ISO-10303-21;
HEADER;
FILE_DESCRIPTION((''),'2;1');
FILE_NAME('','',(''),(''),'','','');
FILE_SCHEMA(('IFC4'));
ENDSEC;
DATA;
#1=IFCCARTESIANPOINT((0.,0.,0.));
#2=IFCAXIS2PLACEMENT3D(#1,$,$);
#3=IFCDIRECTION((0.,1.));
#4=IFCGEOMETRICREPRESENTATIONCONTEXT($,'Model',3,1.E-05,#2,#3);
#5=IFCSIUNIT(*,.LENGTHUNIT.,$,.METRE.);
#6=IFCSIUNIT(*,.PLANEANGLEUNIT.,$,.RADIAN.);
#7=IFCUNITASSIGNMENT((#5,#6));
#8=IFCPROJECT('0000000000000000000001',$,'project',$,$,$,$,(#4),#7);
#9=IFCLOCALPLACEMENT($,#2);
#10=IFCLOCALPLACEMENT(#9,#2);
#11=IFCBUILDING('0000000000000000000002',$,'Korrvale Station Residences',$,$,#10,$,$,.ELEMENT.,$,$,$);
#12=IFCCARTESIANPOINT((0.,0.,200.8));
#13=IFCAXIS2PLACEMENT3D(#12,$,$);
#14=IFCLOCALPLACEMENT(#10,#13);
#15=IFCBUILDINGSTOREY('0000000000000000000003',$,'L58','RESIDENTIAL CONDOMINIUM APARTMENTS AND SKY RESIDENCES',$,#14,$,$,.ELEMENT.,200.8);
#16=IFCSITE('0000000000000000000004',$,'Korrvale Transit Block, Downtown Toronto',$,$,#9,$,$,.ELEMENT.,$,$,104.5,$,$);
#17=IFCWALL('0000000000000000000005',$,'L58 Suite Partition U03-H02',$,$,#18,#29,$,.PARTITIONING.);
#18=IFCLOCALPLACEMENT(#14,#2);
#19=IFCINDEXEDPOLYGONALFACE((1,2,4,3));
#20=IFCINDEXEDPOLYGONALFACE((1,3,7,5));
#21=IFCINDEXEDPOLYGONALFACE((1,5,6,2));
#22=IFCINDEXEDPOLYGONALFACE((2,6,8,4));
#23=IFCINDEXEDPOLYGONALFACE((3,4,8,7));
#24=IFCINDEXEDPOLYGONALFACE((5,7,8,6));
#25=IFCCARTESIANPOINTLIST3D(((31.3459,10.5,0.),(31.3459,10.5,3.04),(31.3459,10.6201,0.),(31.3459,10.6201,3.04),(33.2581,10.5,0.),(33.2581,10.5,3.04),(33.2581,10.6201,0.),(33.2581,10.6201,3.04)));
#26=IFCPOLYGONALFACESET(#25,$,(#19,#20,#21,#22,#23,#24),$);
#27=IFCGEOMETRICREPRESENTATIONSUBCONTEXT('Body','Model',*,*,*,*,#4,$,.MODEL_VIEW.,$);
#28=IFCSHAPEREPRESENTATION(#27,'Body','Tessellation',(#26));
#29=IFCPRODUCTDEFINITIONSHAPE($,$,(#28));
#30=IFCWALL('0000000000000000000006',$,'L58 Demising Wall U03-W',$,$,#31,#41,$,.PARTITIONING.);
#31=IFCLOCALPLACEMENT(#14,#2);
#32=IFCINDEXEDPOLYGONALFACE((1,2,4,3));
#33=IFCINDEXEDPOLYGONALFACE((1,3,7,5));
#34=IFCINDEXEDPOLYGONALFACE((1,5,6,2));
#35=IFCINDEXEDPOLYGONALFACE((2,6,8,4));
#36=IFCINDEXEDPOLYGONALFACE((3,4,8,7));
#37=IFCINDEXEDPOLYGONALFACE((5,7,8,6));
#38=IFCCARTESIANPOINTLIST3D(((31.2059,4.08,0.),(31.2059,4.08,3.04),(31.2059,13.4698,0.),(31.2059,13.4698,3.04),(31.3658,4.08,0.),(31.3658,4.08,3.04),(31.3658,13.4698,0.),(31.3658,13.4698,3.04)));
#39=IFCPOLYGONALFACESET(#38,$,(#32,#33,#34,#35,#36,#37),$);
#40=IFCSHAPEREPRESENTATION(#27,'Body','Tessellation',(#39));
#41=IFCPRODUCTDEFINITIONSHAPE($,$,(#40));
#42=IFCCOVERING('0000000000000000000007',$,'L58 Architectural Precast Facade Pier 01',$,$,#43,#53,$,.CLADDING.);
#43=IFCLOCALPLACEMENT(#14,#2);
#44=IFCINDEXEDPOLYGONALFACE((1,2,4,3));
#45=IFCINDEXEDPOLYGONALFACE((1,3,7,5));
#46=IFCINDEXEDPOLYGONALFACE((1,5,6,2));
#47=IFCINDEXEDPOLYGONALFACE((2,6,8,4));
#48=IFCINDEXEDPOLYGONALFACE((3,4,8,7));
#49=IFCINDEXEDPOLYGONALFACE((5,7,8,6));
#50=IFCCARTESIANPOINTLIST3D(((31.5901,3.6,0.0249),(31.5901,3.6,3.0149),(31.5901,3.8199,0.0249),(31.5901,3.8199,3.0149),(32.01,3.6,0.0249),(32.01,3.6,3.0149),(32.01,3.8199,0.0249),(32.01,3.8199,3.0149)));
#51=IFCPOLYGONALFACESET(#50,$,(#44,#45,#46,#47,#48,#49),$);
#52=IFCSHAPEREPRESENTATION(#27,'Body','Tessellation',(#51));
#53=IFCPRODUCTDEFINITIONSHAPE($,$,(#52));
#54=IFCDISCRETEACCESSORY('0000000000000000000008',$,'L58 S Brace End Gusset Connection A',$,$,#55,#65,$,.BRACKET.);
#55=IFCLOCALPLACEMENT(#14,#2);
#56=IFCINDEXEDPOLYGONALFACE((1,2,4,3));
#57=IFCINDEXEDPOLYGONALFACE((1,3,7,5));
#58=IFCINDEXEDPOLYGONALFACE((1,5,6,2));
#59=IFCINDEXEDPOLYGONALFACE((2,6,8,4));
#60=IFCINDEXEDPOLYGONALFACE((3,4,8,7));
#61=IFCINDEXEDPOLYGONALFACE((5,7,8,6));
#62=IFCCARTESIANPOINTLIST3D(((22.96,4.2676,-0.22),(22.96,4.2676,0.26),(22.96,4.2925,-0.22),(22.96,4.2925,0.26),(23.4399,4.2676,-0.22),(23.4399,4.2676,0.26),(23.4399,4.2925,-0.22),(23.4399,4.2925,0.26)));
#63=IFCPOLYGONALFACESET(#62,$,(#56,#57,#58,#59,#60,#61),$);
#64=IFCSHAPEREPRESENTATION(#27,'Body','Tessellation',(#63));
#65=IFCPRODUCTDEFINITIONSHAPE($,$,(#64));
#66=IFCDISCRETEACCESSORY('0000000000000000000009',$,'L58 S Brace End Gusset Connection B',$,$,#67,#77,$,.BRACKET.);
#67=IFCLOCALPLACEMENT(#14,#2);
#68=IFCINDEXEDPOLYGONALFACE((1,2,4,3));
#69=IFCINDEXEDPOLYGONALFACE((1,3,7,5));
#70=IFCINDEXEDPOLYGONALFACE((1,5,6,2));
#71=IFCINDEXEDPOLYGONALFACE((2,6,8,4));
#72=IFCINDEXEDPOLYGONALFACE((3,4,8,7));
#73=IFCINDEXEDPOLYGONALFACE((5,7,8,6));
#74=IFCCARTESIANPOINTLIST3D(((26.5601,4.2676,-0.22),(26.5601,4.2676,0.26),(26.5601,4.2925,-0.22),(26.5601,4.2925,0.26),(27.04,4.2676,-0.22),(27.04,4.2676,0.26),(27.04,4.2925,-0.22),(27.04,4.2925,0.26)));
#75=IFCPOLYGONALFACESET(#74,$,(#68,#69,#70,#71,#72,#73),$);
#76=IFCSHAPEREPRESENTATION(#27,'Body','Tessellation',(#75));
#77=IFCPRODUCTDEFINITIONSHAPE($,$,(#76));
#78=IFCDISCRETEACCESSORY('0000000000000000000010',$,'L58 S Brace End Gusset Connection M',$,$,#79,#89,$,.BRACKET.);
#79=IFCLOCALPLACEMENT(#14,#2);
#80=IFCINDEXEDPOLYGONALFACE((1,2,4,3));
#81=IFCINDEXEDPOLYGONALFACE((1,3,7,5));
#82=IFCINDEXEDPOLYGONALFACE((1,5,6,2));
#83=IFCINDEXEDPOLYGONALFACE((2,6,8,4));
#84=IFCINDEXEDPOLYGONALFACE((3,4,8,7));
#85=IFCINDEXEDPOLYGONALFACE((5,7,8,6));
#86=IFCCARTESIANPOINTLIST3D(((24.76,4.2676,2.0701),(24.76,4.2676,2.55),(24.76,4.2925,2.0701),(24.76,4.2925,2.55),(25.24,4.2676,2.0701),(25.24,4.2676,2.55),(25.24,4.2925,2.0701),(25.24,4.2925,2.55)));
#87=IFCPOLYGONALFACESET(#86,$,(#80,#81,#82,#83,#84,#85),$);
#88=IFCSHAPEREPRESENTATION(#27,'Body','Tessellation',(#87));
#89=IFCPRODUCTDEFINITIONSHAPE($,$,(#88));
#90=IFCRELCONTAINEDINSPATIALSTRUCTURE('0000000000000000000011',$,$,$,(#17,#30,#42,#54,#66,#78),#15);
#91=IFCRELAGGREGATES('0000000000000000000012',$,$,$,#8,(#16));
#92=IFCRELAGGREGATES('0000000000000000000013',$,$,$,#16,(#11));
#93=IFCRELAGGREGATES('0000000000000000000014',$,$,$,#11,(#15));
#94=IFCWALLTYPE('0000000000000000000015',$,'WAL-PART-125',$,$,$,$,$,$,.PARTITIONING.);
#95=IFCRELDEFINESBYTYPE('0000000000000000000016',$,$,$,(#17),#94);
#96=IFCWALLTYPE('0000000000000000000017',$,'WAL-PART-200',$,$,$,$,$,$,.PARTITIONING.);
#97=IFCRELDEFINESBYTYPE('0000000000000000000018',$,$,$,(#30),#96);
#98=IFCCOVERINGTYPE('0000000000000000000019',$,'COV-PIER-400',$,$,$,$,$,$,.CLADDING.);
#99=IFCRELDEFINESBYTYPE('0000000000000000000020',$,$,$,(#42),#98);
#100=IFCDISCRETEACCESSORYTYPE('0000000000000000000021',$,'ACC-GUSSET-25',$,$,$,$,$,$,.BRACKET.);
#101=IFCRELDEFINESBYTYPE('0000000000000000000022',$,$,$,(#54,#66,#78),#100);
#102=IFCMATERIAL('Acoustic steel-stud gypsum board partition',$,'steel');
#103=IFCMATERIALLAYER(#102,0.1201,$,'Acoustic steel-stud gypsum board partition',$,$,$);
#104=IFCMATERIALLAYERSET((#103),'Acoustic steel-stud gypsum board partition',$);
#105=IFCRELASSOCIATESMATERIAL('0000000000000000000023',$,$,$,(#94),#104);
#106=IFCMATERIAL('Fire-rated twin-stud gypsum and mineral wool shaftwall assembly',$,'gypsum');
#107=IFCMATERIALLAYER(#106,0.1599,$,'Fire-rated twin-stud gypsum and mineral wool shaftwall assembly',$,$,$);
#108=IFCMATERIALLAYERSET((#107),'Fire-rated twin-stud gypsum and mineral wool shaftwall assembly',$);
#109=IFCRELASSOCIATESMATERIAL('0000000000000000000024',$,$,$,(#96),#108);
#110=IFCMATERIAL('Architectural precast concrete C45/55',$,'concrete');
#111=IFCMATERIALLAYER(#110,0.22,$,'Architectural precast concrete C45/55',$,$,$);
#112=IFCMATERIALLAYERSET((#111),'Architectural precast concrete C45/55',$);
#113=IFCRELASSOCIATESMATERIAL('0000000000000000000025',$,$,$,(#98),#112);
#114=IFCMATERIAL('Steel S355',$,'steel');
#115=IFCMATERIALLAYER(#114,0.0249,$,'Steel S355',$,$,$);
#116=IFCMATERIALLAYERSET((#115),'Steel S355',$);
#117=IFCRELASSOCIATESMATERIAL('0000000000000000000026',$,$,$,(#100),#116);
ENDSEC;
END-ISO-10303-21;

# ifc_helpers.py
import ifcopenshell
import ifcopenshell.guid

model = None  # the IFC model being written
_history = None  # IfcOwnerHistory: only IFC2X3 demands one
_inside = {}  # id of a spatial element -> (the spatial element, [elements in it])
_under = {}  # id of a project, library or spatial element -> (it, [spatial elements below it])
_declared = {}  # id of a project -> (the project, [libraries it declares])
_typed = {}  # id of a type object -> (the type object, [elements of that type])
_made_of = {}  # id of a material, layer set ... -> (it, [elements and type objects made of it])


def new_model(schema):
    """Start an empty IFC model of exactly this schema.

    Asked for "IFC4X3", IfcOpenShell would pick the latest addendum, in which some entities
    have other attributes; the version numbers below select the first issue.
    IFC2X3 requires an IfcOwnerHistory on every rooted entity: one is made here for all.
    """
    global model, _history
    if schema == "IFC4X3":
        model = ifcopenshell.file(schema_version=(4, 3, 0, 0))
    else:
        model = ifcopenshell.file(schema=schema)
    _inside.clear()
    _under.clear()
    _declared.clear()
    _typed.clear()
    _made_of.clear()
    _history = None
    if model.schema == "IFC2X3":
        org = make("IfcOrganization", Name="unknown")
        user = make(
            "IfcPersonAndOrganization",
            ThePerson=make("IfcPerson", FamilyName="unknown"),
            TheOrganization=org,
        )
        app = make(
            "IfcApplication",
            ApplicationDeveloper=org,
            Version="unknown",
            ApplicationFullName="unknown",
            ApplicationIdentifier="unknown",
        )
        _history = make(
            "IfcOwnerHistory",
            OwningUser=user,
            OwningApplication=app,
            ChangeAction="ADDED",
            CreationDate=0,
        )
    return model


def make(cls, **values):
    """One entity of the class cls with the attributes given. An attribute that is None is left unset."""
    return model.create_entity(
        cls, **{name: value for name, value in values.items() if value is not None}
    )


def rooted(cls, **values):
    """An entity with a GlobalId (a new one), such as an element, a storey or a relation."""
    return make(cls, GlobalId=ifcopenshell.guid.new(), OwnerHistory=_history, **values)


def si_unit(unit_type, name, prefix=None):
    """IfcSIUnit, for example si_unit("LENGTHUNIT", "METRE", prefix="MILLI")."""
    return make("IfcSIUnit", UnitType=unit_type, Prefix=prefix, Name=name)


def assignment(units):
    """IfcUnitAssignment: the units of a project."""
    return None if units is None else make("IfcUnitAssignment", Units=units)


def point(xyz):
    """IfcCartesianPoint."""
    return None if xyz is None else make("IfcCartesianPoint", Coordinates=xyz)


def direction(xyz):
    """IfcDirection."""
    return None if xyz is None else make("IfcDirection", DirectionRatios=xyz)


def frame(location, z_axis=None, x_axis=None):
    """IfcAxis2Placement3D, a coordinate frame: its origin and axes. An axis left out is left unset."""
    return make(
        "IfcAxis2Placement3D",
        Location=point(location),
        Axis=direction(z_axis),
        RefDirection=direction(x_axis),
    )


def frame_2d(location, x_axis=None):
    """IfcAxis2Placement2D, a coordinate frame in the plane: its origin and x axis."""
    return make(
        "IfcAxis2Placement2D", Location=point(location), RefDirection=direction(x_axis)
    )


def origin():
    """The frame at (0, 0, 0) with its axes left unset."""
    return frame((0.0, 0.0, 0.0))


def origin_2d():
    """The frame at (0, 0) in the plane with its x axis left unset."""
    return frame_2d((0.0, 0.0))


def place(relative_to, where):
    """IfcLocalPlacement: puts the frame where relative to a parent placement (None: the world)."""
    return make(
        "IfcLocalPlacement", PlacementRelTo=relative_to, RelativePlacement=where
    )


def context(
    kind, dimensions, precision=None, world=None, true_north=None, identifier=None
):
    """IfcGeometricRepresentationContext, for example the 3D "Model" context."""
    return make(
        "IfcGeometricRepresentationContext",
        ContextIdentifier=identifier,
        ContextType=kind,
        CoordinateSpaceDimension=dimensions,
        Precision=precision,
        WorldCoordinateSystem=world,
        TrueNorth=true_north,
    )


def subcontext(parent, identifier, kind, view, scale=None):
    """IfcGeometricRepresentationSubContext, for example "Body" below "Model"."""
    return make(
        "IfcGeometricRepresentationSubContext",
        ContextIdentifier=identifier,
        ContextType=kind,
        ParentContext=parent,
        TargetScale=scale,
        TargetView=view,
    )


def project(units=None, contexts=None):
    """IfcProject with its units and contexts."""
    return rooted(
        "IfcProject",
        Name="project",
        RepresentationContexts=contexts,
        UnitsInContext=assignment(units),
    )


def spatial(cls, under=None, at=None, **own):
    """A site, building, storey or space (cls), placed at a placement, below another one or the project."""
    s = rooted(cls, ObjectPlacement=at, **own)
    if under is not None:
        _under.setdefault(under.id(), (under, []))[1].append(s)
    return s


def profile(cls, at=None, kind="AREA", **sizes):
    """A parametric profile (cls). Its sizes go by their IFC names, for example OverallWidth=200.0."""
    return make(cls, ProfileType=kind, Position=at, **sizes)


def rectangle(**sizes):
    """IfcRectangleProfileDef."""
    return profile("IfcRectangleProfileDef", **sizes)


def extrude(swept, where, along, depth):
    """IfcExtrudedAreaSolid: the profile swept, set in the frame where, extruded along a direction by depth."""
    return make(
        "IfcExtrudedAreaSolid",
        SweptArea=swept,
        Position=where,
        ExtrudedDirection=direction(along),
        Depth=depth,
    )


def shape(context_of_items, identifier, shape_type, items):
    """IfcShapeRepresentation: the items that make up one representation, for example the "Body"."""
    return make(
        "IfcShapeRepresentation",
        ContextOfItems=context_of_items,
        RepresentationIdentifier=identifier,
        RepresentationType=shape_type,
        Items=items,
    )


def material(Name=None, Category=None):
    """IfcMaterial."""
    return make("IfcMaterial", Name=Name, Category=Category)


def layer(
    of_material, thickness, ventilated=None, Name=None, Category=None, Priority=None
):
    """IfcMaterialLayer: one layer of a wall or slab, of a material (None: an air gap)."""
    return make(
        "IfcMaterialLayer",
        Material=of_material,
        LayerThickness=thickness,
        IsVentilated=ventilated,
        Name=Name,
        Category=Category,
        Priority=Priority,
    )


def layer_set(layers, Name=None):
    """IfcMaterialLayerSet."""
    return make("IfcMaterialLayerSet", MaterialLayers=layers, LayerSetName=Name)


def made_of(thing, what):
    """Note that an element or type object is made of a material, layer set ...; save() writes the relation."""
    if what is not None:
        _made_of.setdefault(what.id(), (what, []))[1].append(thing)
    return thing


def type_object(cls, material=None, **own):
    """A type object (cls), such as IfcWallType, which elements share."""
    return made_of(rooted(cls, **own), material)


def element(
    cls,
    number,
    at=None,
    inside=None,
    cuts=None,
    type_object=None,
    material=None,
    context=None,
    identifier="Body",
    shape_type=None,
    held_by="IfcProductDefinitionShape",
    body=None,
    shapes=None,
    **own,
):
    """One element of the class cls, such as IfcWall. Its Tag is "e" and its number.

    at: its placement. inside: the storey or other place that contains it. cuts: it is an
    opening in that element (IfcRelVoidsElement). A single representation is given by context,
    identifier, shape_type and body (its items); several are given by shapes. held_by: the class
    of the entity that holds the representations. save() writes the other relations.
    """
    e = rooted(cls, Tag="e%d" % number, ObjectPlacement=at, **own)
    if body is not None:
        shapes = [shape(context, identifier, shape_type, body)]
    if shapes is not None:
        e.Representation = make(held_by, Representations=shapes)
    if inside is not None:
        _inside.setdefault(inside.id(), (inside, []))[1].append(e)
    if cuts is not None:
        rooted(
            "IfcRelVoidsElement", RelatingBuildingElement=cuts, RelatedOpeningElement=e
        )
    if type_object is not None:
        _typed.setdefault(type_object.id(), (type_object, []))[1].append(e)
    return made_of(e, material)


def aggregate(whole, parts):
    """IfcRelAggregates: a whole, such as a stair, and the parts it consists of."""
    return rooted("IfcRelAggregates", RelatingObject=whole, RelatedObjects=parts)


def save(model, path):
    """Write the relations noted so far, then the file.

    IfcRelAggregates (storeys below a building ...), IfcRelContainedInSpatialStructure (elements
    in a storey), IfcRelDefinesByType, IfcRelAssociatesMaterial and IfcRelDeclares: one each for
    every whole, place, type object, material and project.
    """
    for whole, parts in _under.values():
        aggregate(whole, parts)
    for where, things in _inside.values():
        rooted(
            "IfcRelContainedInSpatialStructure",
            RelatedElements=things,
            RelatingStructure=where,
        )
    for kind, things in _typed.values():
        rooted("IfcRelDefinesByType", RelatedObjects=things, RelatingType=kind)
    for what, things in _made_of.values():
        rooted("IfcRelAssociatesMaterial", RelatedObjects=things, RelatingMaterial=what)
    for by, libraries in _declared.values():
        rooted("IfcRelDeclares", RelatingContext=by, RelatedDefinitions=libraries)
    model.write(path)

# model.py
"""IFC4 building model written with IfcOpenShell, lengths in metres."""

from ifc_helpers import new_model, si_unit, direction, frame, frame_2d, origin, origin_2d, place, context, subcontext, project, spatial, rectangle, extrude, material, layer, layer_set, type_object, element, save


model = new_model("IFC4")

# Units and contexts
model_context = context("Model", 3, precision=1e-05, world=origin(), true_north=direction((0.0, 1.0)))
body_context = subcontext(model_context, "Body", "Model", "MODEL_VIEW")
ifc_project = project(units=[si_unit("LENGTHUNIT", "METRE"), si_unit("PLANEANGLEUNIT", "RADIAN")], contexts=[model_context])

# Site, building, storey
site_placement = place(None, origin())
site = spatial("IfcSite", under=ifc_project, at=site_placement, Name="Korrvale Transit Block, Downtown Toronto", CompositionType="ELEMENT", RefElevation=104.5)
building_placement = place(site_placement, origin())
building = spatial("IfcBuilding", under=site, at=building_placement, Name="Korrvale Station Residences", CompositionType="ELEMENT")
storey_placement = place(building_placement, frame((0.0, 0.0, 200.8)))
storey = spatial("IfcBuildingStorey", under=building, at=storey_placement, Name="L58", Description="RESIDENTIAL CONDOMINIUM APARTMENTS AND SKY RESIDENCES", CompositionType="ELEMENT", Elevation=200.8)

# Shared definitions
ifc_material_1 = material(Name="Steel S355", Category="steel")

# Shared definitions
ifc_material_2 = material(Name="Acoustic steel-stud gypsum board partition", Category="steel")
ifc_layer_1 = layer(ifc_material_2, 0.1201, Name="Acoustic steel-stud gypsum board partition")
ifc_layer_set_1 = layer_set([ifc_layer_1], Name="Acoustic steel-stud gypsum board partition")
wall_type_1 = type_object("IfcWallType", Name="WAL-PART-125", PredefinedType="PARTITIONING", material=ifc_layer_set_1)

# Walls
wall_1_placement = place(storey_placement, frame((31.3459, 10.5601, 0.0), z_axis=(0.0, 0.0, 1.0), x_axis=(1.0, 0.0, 0.0)))
element("IfcWall", 1, at=wall_1_placement, inside=storey, type_object=wall_type_1, Name="L58 Suite Partition U03-H02", PredefinedType="PARTITIONING", context=body_context, shape_type="SweptSolid", body=[
    extrude(rectangle(XDim=1.9121, YDim=0.1201, at=frame_2d((0.9561, 0.0))), origin(), (0.0, 0.0, 1.0), 3.04),
])
ifc_material_3 = material(Name="Fire-rated twin-stud gypsum and mineral wool shaftwall assembly", Category="gypsum")
ifc_layer_2 = layer(ifc_material_3, 0.1599, Name="Fire-rated twin-stud gypsum and mineral wool shaftwall assembly")
ifc_layer_set_2 = layer_set([ifc_layer_2], Name="Fire-rated twin-stud gypsum and mineral wool shaftwall assembly")
wall_type_2 = type_object("IfcWallType", Name="WAL-PART-200", PredefinedType="PARTITIONING", material=ifc_layer_set_2)
wall_2_placement = place(storey_placement, frame((31.2859, 4.0801, 0.0), z_axis=(0.0, 0.0, 1.0), x_axis=(0.0, 1.0, 0.0)))
element("IfcWall", 2, at=wall_2_placement, inside=storey, type_object=wall_type_2, Name="L58 Demising Wall U03-W", PredefinedType="PARTITIONING", context=body_context, shape_type="SweptSolid", body=[
    extrude(rectangle(XDim=9.3899, YDim=0.1599, at=frame_2d((4.6948, 0.0))), origin(), (0.0, 0.0, 1.0), 3.04),
])

# Covering
ifc_material_4 = material(Name="Architectural precast concrete C45/55", Category="concrete")
ifc_layer_3 = layer(ifc_material_4, 0.22, Name="Architectural precast concrete C45/55")
ifc_layer_set_3 = layer_set([ifc_layer_3], Name="Architectural precast concrete C45/55")
covering_type = type_object("IfcCoveringType", Name="COV-PIER-400", PredefinedType="CLADDING", material=ifc_layer_set_3)
covering_placement = place(storey_placement, frame((31.8, 3.71, 0.0249), z_axis=(0.0, 0.0, 1.0), x_axis=(1.0, 0.0, 0.0)))
element("IfcCovering", 3, at=covering_placement, inside=storey, type_object=covering_type, Name="L58 Architectural Precast Facade Pier 01", PredefinedType="CLADDING", context=body_context, shape_type="SweptSolid", body=[
    extrude(rectangle(XDim=0.4199, YDim=0.22, at=origin_2d()), origin(), (0.0, 0.0, 1.0), 2.99),
])

# Discrete accessories
ifc_layer_4 = layer(ifc_material_1, 0.0249, Name="Steel S355")
ifc_layer_set_4 = layer_set([ifc_layer_4], Name="Steel S355")
discrete_accessory_type = type_object("IfcDiscreteAccessoryType", Name="ACC-GUSSET-25", PredefinedType="BRACKET", material=ifc_layer_set_4)
for number, where, z_axis, x_axis, name in (
    (4, (23.2, 4.28, -0.22), (0.0, 0.0, 1.0), (1.0, 0.0, 0.0), "L58 S Brace End Gusset Connection A"),
    (5, (26.8, 4.28, -0.22), (0.0, 0.0, 1.0), (1.0, 0.0, 0.0), "L58 S Brace End Gusset Connection B"),
    (6, (25.0, 4.28, 2.0701), (0.0, 0.0, 1.0), (1.0, 0.0, 0.0), "L58 S Brace End Gusset Connection M"),
):
    element("IfcDiscreteAccessory", number, at=place(storey_placement, frame(where, z_axis=z_axis, x_axis=x_axis)), inside=storey, type_object=discrete_accessory_type, Name=name, PredefinedType="BRACKET", context=body_context, shape_type="SweptSolid", body=[
        extrude(rectangle(XDim=0.48, YDim=0.0249, at=origin_2d()), origin(), (0.0, 0.0, 1.0), 0.48),
    ])

save(model, "model.ifc")
